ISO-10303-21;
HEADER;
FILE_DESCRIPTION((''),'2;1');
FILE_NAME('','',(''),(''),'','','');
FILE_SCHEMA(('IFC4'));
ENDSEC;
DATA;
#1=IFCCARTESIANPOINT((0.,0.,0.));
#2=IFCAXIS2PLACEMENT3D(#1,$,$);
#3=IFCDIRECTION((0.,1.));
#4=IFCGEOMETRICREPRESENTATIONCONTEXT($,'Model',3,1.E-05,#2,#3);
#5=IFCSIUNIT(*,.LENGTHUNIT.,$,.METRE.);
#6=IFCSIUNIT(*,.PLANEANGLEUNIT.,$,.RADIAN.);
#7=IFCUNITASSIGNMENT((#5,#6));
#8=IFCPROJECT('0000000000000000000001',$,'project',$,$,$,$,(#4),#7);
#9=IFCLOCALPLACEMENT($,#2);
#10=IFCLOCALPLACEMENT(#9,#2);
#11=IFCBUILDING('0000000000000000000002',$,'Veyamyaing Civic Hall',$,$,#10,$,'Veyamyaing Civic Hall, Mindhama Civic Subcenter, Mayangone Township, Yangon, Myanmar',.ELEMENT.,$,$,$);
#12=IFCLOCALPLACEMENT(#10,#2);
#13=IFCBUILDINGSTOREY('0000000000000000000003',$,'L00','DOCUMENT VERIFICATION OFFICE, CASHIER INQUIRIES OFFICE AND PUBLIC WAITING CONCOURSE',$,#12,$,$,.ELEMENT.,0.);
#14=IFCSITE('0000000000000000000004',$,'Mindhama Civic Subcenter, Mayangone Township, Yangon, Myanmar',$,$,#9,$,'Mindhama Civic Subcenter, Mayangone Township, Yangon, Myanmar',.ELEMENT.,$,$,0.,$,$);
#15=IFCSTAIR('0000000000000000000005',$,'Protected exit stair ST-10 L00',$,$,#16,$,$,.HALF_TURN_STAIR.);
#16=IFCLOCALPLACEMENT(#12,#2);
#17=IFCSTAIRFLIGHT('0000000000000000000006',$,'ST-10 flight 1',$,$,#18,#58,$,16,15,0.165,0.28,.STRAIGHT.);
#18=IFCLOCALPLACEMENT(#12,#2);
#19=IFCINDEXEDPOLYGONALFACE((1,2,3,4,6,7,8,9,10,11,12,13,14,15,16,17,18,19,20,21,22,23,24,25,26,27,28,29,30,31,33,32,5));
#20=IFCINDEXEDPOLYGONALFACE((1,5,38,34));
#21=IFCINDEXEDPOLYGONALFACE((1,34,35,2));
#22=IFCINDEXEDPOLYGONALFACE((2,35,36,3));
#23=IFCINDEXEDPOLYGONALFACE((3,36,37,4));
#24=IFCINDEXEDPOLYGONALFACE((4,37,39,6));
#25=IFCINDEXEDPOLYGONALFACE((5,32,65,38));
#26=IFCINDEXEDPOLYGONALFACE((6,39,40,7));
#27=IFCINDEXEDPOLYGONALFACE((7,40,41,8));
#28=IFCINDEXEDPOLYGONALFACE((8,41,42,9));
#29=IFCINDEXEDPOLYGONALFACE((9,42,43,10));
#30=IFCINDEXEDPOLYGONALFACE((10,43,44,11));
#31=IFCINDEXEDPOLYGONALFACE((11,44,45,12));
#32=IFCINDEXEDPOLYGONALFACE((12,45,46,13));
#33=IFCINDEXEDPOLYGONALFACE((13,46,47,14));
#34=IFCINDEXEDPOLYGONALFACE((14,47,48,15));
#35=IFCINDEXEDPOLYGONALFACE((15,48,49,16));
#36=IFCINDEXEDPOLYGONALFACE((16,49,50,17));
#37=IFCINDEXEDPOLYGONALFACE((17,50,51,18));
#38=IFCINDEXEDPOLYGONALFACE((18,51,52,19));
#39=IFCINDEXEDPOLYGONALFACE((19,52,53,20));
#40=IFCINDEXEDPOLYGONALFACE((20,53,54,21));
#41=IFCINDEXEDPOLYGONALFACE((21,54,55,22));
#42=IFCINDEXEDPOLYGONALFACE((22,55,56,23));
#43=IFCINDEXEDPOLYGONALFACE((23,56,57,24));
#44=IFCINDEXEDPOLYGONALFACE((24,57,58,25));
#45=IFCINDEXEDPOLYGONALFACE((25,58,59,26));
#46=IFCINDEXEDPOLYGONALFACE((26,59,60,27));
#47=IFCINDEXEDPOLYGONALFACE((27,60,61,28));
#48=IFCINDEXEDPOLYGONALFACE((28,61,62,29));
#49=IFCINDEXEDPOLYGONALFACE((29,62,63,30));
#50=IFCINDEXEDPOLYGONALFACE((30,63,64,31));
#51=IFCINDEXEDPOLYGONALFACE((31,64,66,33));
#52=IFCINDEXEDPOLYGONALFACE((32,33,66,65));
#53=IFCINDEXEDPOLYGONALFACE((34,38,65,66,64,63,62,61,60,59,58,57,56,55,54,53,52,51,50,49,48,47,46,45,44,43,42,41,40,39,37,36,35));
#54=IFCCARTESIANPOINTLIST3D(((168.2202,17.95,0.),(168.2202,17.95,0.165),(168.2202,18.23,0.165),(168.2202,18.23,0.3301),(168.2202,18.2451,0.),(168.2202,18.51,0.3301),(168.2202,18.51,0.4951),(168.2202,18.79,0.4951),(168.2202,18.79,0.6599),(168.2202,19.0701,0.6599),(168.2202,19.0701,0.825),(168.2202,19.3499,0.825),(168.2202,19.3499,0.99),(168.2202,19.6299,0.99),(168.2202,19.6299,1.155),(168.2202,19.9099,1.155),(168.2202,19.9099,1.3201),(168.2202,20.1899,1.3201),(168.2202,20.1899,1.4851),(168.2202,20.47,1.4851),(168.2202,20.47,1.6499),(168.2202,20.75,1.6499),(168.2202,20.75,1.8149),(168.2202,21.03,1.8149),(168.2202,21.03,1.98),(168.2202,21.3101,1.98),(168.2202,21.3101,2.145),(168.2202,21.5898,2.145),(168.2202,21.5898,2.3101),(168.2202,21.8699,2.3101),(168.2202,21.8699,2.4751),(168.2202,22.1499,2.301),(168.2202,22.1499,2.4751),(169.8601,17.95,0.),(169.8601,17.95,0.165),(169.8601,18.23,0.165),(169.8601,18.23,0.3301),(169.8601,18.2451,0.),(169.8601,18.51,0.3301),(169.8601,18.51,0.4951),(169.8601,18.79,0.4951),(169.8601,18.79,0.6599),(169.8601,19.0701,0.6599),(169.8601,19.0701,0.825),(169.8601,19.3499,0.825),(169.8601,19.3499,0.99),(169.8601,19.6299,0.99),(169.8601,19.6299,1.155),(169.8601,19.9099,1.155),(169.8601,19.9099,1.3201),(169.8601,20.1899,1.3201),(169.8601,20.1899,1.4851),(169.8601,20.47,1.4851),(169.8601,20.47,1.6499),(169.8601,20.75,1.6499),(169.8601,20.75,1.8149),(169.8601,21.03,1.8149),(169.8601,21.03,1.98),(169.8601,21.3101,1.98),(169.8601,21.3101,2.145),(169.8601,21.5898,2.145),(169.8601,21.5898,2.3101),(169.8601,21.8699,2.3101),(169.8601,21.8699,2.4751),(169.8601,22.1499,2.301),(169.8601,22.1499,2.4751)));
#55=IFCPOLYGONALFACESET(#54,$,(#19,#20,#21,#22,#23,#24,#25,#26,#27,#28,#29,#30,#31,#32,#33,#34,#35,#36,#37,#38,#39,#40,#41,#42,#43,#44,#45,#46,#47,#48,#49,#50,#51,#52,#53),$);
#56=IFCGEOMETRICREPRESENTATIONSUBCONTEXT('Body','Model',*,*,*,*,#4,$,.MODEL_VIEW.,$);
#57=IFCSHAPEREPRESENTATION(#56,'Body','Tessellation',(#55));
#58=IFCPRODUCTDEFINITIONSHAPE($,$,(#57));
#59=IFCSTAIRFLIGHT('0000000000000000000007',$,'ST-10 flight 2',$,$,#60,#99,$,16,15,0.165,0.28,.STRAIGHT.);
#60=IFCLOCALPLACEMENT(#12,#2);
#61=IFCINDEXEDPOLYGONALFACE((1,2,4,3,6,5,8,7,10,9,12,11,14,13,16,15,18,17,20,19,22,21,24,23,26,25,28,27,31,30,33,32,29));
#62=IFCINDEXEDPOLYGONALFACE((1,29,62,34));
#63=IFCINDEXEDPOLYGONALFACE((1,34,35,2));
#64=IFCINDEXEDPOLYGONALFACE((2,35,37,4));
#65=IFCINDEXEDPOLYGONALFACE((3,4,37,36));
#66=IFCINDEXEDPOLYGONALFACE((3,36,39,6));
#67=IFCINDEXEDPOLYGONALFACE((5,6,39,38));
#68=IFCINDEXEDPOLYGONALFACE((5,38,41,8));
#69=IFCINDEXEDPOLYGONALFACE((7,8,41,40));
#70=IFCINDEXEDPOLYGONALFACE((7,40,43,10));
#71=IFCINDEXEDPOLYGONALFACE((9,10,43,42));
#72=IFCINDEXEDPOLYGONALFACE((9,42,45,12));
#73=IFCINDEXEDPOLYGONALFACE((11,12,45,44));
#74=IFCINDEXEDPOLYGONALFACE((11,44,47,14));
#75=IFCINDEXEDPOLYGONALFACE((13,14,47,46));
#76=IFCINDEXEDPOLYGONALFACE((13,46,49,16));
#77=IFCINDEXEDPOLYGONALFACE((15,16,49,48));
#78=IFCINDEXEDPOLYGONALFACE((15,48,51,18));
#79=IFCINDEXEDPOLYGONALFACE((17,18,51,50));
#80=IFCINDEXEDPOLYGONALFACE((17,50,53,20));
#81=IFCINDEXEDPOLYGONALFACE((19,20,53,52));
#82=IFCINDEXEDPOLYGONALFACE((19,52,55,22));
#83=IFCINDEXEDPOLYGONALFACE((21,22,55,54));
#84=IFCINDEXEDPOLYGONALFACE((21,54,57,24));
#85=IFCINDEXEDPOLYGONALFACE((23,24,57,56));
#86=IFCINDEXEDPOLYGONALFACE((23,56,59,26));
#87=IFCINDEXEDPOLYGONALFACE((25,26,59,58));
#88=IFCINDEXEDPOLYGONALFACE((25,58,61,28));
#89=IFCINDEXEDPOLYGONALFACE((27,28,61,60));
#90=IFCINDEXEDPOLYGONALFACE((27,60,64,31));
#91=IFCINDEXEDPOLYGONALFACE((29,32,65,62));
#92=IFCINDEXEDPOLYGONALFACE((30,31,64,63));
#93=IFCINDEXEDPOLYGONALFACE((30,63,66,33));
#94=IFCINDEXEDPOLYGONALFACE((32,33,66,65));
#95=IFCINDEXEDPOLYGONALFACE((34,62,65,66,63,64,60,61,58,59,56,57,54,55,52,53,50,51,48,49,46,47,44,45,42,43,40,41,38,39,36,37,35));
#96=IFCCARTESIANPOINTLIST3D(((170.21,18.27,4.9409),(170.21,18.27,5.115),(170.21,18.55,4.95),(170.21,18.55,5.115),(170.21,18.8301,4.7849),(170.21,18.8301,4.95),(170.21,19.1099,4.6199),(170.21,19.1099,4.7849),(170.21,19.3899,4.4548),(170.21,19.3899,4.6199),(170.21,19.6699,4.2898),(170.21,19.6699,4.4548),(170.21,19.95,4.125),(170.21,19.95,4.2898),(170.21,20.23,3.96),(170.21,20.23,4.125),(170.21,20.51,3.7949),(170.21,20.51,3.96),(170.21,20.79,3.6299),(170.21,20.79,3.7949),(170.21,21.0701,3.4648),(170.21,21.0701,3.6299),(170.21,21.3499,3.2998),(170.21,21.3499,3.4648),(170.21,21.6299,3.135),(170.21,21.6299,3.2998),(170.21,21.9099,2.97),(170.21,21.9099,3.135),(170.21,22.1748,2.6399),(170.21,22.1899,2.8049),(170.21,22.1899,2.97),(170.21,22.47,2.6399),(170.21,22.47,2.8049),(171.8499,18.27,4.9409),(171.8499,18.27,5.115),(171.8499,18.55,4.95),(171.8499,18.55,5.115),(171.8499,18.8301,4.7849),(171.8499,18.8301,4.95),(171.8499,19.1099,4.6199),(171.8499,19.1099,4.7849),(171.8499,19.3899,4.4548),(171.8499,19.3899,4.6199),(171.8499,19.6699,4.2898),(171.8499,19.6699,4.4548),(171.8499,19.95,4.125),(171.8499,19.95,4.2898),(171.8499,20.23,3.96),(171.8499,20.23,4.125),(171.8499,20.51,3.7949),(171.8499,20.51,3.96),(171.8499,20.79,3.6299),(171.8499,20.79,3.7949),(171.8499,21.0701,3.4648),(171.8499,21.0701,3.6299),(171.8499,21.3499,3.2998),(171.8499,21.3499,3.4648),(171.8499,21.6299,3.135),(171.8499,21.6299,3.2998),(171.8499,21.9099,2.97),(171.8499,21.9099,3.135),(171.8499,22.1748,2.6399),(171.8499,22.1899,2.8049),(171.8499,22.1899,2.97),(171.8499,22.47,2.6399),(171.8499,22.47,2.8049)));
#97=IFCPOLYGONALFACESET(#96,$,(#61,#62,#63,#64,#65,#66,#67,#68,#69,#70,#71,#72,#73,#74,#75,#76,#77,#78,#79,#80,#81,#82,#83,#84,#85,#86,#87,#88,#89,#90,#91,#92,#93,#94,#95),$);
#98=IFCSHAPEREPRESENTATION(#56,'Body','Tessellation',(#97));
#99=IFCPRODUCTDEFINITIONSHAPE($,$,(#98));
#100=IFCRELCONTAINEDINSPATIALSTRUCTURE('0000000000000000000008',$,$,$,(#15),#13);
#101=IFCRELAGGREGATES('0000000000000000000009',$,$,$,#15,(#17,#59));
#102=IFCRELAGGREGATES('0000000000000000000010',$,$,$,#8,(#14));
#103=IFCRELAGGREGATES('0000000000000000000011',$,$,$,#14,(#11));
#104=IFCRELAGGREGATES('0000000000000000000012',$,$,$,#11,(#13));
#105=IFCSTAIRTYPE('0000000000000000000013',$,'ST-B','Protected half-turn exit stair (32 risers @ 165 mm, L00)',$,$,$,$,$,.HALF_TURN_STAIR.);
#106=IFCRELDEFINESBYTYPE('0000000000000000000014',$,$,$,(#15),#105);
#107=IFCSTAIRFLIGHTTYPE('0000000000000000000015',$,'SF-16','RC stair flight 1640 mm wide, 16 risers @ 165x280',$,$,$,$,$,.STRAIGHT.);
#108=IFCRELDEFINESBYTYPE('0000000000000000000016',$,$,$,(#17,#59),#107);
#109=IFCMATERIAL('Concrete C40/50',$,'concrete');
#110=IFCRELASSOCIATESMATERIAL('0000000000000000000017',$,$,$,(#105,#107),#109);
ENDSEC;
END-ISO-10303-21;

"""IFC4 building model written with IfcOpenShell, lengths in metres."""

from ifc_helpers import new_model, si_unit, direction, frame, origin, place, context, subcontext, project, spatial, polyline, outline, extrude, material, type_object, element, aggregate, save


model = new_model("IFC4")

# Units and contexts
model_context = context("Model", 3, precision=1e-05, world=origin(), true_north=direction((0.0, 1.0)))
body_context = subcontext(model_context, "Body", "Model", "MODEL_VIEW")
ifc_project = project(units=[si_unit("LENGTHUNIT", "METRE"), si_unit("PLANEANGLEUNIT", "RADIAN")], contexts=[model_context])

# Site, building, storey
site_placement = place(None, origin())
site = spatial("IfcSite", under=ifc_project, at=site_placement, Name="Mindhama Civic Subcenter, Mayangone Township, Yangon, Myanmar", LongName="Mindhama Civic Subcenter, Mayangone Township, Yangon, Myanmar", CompositionType="ELEMENT", RefElevation=0.0)
building_placement = place(site_placement, origin())
building = spatial("IfcBuilding", under=site, at=building_placement, Name="Veyamyaing Civic Hall", LongName="Veyamyaing Civic Hall, Mindhama Civic Subcenter, Mayangone Township, Yangon, Myanmar", CompositionType="ELEMENT")
storey_placement = place(building_placement, origin())
storey = spatial("IfcBuildingStorey", under=building, at=storey_placement, Name="L00", Description="DOCUMENT VERIFICATION OFFICE, CASHIER INQUIRIES OFFICE AND PUBLIC WAITING CONCOURSE", CompositionType="ELEMENT", Elevation=0.0)

# Shared definitions
ifc_material_1 = material(Name="Concrete C40/50", Category="concrete")

# Stair, stair flights
stair_type = type_object("IfcStairType", Name="ST-B", Description="Protected half-turn exit stair (32 risers @ 165 mm, L00)", PredefinedType="HALF_TURN_STAIR", material=ifc_material_1)
stair_placement = place(storey_placement, origin())
stair = element("IfcStair", 1, at=stair_placement, inside=storey, type_object=stair_type, Name="Protected exit stair ST-10 L00", PredefinedType="HALF_TURN_STAIR")
stair_flight_type = type_object("IfcStairFlightType", Name="SF-16", Description="RC stair flight 1640 mm wide, 16 risers @ 165x280", PredefinedType="STRAIGHT", material=ifc_material_1)
stair_flight_1_placement = place(storey_placement, frame((169.04, 17.95, 0.0), z_axis=(0.0, 0.0, 1.0), x_axis=(0.0, 1.0, 0.0)))
stair_flight_1 = element("IfcStairFlight", 2, at=stair_flight_1_placement, type_object=stair_flight_type, Name="ST-10 flight 1", NumberOfRisers=16, NumberOfTreads=15, PredefinedType="STRAIGHT", RiserHeight=0.165, TreadLength=0.28, context=body_context, shape_type="SweptSolid", body=[
    extrude(outline(polyline([(0.0, 0.0), (0.0, 0.165), (0.28, 0.165), (0.28, 0.3301), (0.5601, 0.3301), (0.5601, 0.4951), (0.8401, 0.4951), (0.8401, 0.6599), (1.1201, 0.6599), (1.1201, 0.825), (1.3999, 0.825), (1.3999, 0.99), (1.6799, 0.99), (1.6799, 1.155), (1.96, 1.155), (1.96, 1.3201), (2.24, 1.3201), (2.24, 1.4851), (2.52, 1.4851), (2.52, 1.6499), (2.8, 1.6499), (2.8, 1.8149), (3.0801, 1.8149), (3.0801, 1.98), (3.3601, 1.98), (3.3601, 2.145), (3.6399, 2.145), (3.6399, 2.3101), (3.9199, 2.3101), (3.9199, 2.4751), (4.2, 2.4751), (4.2, 2.6399), (4.2, 2.301), (0.2952, 0.0), (0.0, 0.0)])), frame((0.0, 0.8198, 0.0), z_axis=(0.0, -1.0, 0.0), x_axis=(1.0, 0.0, 0.0)), (0.0, 0.0, 1.0), 1.6399),
])
stair_flight_2_placement = place(storey_placement, frame((171.03, 22.47, 2.6399), z_axis=(0.0, 0.0, 1.0), x_axis=(0.0, -1.0, 0.0)))
stair_flight_2 = element("IfcStairFlight", 3, at=stair_flight_2_placement, type_object=stair_flight_type, Name="ST-10 flight 2", NumberOfRisers=16, NumberOfTreads=15, PredefinedType="STRAIGHT", RiserHeight=0.165, TreadLength=0.28, context=body_context, shape_type="SweptSolid", body=[
    extrude(outline(polyline([(0.0, 0.0), (0.0, 0.165), (0.28, 0.165), (0.28, 0.3301), (0.5601, 0.3301), (0.5601, 0.4951), (0.8401, 0.4951), (0.8401, 0.6599), (1.1201, 0.6599), (1.1201, 0.825), (1.3999, 0.825), (1.3999, 0.99), (1.6799, 0.99), (1.6799, 1.155), (1.96, 1.155), (1.96, 1.3201), (2.24, 1.3201), (2.24, 1.4851), (2.52, 1.4851), (2.52, 1.6499), (2.8, 1.6499), (2.8, 1.8149), (3.0801, 1.8149), (3.0801, 1.98), (3.3601, 1.98), (3.3601, 2.145), (3.6399, 2.145), (3.6399, 2.3101), (3.9199, 2.3101), (3.9199, 2.4751), (4.2, 2.4751), (4.2, 2.6399), (4.2, 2.301), (0.2952, 0.0), (0.0, 0.0)])), frame((0.0, 0.8198, 0.0), z_axis=(0.0, -1.0, 0.0), x_axis=(1.0, 0.0, 0.0)), (0.0, 0.0, 1.0), 1.6399),
])
aggregate(stair, [stair_flight_1, stair_flight_2])

save(model, "model.ifc")
